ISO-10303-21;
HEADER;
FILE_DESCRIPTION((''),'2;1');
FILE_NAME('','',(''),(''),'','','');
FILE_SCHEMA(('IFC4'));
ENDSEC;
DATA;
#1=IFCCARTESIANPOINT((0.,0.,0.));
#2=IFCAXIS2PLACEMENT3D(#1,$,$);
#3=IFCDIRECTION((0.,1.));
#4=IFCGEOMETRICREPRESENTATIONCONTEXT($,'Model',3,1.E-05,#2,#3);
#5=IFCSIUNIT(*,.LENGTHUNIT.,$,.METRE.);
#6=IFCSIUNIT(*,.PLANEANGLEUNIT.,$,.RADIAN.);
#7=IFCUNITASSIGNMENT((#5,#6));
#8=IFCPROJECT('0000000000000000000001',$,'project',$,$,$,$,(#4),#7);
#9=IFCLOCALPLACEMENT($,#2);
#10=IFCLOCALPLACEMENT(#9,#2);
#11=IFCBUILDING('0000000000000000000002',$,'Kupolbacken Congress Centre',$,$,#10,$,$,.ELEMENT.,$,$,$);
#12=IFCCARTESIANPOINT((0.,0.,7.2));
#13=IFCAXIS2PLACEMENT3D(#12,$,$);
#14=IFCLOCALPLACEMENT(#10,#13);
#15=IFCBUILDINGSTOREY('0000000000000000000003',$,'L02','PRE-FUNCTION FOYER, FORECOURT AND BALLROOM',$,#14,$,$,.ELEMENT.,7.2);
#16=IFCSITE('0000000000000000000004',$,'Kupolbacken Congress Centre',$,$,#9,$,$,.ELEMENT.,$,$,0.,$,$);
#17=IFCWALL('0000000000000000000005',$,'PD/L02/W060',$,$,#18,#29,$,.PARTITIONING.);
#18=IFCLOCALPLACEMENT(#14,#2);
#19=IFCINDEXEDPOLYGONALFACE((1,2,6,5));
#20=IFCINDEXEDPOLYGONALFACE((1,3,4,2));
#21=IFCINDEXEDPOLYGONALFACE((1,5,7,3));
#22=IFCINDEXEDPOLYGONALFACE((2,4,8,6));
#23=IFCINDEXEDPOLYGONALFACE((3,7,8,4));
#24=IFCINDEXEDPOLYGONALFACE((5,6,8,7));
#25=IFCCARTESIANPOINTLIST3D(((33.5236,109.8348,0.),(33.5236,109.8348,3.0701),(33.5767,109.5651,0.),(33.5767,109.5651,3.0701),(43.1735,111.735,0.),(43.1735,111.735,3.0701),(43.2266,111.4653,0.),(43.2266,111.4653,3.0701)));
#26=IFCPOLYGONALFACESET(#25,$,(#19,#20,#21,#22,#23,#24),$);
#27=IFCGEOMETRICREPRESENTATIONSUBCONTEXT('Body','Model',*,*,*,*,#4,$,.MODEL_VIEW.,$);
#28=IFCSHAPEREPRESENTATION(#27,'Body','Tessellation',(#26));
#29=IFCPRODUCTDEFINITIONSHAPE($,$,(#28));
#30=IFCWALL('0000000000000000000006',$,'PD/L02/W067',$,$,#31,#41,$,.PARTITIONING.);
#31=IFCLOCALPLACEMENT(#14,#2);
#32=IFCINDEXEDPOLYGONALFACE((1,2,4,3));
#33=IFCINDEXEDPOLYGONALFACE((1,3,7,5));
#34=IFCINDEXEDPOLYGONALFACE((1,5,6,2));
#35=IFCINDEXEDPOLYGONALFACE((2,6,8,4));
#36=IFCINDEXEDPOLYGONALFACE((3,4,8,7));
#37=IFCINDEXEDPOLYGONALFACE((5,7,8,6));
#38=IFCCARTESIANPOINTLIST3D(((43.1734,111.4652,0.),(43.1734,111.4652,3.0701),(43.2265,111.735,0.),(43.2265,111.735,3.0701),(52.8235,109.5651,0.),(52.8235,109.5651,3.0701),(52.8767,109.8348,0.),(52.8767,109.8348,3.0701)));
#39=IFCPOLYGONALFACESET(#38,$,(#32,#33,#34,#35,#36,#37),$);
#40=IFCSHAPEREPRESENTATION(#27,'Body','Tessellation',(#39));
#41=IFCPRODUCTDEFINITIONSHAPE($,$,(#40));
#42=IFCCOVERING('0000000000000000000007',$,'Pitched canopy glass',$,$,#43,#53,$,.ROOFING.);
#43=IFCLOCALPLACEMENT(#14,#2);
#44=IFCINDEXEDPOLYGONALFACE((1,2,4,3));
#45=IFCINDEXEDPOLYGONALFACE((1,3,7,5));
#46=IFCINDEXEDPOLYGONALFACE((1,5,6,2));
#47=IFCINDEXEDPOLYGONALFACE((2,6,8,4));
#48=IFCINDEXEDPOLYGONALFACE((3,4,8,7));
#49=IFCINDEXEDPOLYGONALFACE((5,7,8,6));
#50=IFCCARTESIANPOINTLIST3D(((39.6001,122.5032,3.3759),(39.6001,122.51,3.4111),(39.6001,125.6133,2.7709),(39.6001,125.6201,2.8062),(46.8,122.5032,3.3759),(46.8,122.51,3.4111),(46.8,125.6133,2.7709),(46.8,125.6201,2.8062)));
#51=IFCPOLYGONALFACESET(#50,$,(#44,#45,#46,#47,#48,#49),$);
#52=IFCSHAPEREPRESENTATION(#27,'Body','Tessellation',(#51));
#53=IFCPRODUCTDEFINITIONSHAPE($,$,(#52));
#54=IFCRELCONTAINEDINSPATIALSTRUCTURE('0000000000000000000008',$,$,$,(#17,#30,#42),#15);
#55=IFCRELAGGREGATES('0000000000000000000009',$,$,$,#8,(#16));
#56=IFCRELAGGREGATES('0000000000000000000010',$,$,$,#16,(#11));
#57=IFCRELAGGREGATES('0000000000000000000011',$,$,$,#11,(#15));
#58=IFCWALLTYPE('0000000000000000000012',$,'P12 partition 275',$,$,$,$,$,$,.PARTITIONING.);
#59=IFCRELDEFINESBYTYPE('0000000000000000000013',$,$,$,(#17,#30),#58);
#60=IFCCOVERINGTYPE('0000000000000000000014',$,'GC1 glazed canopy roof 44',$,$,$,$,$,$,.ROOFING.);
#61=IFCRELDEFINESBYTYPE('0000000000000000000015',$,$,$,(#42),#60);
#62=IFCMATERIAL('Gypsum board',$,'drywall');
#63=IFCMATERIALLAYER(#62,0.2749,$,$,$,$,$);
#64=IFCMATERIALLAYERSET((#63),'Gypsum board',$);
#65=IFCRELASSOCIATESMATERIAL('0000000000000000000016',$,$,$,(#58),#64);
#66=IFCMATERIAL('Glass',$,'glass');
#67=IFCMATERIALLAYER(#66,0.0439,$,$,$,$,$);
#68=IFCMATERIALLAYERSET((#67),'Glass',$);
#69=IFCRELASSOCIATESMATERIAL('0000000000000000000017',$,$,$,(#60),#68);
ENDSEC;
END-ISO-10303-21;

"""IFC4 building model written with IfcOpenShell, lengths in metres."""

from ifc_helpers import new_model, si_unit, direction, frame, frame_2d, origin, place, context, subcontext, project, spatial, polyline, rectangle, outline, extrude, material, layer, layer_set, type_object, element, save


model = new_model("IFC4")

# Units and contexts
model_context = context("Model", 3, precision=1e-05, world=origin(), true_north=direction((0.0, 1.0)))
body_context = subcontext(model_context, "Body", "Model", "MODEL_VIEW")
ifc_project = project(units=[si_unit("LENGTHUNIT", "METRE"), si_unit("PLANEANGLEUNIT", "RADIAN")], contexts=[model_context])

# Site, building, storey
site_placement = place(None, origin())
site = spatial("IfcSite", under=ifc_project, at=site_placement, Name="Kupolbacken Congress Centre", CompositionType="ELEMENT", RefElevation=0.0)
building_placement = place(site_placement, origin())
building = spatial("IfcBuilding", under=site, at=building_placement, Name="Kupolbacken Congress Centre", CompositionType="ELEMENT")
storey_placement = place(building_placement, frame((0.0, 0.0, 7.2)))
storey = spatial("IfcBuildingStorey", under=building, at=storey_placement, Name="L02", Description="PRE-FUNCTION FOYER, FORECOURT AND BALLROOM", CompositionType="ELEMENT", Elevation=7.2)

# Walls
ifc_material_1 = material(Name="Gypsum board", Category="drywall")
ifc_layer_1 = layer(ifc_material_1, 0.2749)
ifc_layer_set_1 = layer_set([ifc_layer_1], Name="Gypsum board")
wall_type_1 = type_object("IfcWallType", Name="P12 partition 275", PredefinedType="PARTITIONING", material=ifc_layer_set_1)
wall_1_placement = place(storey_placement, frame((43.2, 111.6001, 0.0), z_axis=(0.0, 0.0, 1.0), x_axis=(-0.98116, -0.193199, 0.0)))
element("IfcWall", 1, at=wall_1_placement, inside=storey, type_object=wall_type_1, Name="PD/L02/W060", PredefinedType="PARTITIONING", context=body_context, shape_type="SweptSolid", body=[
    extrude(rectangle(XDim=9.8352, YDim=0.2749, at=frame_2d((4.9175, 0.0))), origin(), (0.0, 0.0, 1.0), 3.0701),
])
wall_2_placement = place(storey_placement, frame((52.8501, 109.7, 0.0), z_axis=(0.0, 0.0, 1.0), x_axis=(-0.981161, 0.193194, 0.0)))
element("IfcWall", 2, at=wall_2_placement, inside=storey, type_object=wall_type_1, Name="PD/L02/W067", PredefinedType="PARTITIONING", context=body_context, shape_type="SweptSolid", body=[
    extrude(rectangle(XDim=9.8354, YDim=0.2749, at=frame_2d((4.9177, 0.0))), origin(), (0.0, 0.0, 1.0), 3.0701),
])

# Covering
ifc_material_2 = material(Name="Glass", Category="glass")
ifc_layer_2 = layer(ifc_material_2, 0.0439)
ifc_layer_set_2 = layer_set([ifc_layer_2], Name="Glass")
covering_type = type_object("IfcCoveringType", Name="GC1 glazed canopy roof 44", PredefinedType="ROOFING", material=ifc_layer_set_2)
covering_placement = place(storey_placement, frame((46.8, 122.51, 3.4111), z_axis=(0.0, 0.190942, 0.981601), x_axis=(0.0, 0.981601, -0.190942)))
element("IfcCovering", 3, at=covering_placement, inside=storey, type_object=covering_type, Name="Pitched canopy glass", PredefinedType="ROOFING", context=body_context, shape_type="SweptSolid", body=[
    extrude(outline(polyline([(0.0, 0.0), (3.1684, 0.0), (3.1684, 7.2), (0.0, 7.2), (0.0, 0.0)])), origin(), (0.0, 0.0, -1.0), 0.0359),
])

save(model, "model.ifc")
